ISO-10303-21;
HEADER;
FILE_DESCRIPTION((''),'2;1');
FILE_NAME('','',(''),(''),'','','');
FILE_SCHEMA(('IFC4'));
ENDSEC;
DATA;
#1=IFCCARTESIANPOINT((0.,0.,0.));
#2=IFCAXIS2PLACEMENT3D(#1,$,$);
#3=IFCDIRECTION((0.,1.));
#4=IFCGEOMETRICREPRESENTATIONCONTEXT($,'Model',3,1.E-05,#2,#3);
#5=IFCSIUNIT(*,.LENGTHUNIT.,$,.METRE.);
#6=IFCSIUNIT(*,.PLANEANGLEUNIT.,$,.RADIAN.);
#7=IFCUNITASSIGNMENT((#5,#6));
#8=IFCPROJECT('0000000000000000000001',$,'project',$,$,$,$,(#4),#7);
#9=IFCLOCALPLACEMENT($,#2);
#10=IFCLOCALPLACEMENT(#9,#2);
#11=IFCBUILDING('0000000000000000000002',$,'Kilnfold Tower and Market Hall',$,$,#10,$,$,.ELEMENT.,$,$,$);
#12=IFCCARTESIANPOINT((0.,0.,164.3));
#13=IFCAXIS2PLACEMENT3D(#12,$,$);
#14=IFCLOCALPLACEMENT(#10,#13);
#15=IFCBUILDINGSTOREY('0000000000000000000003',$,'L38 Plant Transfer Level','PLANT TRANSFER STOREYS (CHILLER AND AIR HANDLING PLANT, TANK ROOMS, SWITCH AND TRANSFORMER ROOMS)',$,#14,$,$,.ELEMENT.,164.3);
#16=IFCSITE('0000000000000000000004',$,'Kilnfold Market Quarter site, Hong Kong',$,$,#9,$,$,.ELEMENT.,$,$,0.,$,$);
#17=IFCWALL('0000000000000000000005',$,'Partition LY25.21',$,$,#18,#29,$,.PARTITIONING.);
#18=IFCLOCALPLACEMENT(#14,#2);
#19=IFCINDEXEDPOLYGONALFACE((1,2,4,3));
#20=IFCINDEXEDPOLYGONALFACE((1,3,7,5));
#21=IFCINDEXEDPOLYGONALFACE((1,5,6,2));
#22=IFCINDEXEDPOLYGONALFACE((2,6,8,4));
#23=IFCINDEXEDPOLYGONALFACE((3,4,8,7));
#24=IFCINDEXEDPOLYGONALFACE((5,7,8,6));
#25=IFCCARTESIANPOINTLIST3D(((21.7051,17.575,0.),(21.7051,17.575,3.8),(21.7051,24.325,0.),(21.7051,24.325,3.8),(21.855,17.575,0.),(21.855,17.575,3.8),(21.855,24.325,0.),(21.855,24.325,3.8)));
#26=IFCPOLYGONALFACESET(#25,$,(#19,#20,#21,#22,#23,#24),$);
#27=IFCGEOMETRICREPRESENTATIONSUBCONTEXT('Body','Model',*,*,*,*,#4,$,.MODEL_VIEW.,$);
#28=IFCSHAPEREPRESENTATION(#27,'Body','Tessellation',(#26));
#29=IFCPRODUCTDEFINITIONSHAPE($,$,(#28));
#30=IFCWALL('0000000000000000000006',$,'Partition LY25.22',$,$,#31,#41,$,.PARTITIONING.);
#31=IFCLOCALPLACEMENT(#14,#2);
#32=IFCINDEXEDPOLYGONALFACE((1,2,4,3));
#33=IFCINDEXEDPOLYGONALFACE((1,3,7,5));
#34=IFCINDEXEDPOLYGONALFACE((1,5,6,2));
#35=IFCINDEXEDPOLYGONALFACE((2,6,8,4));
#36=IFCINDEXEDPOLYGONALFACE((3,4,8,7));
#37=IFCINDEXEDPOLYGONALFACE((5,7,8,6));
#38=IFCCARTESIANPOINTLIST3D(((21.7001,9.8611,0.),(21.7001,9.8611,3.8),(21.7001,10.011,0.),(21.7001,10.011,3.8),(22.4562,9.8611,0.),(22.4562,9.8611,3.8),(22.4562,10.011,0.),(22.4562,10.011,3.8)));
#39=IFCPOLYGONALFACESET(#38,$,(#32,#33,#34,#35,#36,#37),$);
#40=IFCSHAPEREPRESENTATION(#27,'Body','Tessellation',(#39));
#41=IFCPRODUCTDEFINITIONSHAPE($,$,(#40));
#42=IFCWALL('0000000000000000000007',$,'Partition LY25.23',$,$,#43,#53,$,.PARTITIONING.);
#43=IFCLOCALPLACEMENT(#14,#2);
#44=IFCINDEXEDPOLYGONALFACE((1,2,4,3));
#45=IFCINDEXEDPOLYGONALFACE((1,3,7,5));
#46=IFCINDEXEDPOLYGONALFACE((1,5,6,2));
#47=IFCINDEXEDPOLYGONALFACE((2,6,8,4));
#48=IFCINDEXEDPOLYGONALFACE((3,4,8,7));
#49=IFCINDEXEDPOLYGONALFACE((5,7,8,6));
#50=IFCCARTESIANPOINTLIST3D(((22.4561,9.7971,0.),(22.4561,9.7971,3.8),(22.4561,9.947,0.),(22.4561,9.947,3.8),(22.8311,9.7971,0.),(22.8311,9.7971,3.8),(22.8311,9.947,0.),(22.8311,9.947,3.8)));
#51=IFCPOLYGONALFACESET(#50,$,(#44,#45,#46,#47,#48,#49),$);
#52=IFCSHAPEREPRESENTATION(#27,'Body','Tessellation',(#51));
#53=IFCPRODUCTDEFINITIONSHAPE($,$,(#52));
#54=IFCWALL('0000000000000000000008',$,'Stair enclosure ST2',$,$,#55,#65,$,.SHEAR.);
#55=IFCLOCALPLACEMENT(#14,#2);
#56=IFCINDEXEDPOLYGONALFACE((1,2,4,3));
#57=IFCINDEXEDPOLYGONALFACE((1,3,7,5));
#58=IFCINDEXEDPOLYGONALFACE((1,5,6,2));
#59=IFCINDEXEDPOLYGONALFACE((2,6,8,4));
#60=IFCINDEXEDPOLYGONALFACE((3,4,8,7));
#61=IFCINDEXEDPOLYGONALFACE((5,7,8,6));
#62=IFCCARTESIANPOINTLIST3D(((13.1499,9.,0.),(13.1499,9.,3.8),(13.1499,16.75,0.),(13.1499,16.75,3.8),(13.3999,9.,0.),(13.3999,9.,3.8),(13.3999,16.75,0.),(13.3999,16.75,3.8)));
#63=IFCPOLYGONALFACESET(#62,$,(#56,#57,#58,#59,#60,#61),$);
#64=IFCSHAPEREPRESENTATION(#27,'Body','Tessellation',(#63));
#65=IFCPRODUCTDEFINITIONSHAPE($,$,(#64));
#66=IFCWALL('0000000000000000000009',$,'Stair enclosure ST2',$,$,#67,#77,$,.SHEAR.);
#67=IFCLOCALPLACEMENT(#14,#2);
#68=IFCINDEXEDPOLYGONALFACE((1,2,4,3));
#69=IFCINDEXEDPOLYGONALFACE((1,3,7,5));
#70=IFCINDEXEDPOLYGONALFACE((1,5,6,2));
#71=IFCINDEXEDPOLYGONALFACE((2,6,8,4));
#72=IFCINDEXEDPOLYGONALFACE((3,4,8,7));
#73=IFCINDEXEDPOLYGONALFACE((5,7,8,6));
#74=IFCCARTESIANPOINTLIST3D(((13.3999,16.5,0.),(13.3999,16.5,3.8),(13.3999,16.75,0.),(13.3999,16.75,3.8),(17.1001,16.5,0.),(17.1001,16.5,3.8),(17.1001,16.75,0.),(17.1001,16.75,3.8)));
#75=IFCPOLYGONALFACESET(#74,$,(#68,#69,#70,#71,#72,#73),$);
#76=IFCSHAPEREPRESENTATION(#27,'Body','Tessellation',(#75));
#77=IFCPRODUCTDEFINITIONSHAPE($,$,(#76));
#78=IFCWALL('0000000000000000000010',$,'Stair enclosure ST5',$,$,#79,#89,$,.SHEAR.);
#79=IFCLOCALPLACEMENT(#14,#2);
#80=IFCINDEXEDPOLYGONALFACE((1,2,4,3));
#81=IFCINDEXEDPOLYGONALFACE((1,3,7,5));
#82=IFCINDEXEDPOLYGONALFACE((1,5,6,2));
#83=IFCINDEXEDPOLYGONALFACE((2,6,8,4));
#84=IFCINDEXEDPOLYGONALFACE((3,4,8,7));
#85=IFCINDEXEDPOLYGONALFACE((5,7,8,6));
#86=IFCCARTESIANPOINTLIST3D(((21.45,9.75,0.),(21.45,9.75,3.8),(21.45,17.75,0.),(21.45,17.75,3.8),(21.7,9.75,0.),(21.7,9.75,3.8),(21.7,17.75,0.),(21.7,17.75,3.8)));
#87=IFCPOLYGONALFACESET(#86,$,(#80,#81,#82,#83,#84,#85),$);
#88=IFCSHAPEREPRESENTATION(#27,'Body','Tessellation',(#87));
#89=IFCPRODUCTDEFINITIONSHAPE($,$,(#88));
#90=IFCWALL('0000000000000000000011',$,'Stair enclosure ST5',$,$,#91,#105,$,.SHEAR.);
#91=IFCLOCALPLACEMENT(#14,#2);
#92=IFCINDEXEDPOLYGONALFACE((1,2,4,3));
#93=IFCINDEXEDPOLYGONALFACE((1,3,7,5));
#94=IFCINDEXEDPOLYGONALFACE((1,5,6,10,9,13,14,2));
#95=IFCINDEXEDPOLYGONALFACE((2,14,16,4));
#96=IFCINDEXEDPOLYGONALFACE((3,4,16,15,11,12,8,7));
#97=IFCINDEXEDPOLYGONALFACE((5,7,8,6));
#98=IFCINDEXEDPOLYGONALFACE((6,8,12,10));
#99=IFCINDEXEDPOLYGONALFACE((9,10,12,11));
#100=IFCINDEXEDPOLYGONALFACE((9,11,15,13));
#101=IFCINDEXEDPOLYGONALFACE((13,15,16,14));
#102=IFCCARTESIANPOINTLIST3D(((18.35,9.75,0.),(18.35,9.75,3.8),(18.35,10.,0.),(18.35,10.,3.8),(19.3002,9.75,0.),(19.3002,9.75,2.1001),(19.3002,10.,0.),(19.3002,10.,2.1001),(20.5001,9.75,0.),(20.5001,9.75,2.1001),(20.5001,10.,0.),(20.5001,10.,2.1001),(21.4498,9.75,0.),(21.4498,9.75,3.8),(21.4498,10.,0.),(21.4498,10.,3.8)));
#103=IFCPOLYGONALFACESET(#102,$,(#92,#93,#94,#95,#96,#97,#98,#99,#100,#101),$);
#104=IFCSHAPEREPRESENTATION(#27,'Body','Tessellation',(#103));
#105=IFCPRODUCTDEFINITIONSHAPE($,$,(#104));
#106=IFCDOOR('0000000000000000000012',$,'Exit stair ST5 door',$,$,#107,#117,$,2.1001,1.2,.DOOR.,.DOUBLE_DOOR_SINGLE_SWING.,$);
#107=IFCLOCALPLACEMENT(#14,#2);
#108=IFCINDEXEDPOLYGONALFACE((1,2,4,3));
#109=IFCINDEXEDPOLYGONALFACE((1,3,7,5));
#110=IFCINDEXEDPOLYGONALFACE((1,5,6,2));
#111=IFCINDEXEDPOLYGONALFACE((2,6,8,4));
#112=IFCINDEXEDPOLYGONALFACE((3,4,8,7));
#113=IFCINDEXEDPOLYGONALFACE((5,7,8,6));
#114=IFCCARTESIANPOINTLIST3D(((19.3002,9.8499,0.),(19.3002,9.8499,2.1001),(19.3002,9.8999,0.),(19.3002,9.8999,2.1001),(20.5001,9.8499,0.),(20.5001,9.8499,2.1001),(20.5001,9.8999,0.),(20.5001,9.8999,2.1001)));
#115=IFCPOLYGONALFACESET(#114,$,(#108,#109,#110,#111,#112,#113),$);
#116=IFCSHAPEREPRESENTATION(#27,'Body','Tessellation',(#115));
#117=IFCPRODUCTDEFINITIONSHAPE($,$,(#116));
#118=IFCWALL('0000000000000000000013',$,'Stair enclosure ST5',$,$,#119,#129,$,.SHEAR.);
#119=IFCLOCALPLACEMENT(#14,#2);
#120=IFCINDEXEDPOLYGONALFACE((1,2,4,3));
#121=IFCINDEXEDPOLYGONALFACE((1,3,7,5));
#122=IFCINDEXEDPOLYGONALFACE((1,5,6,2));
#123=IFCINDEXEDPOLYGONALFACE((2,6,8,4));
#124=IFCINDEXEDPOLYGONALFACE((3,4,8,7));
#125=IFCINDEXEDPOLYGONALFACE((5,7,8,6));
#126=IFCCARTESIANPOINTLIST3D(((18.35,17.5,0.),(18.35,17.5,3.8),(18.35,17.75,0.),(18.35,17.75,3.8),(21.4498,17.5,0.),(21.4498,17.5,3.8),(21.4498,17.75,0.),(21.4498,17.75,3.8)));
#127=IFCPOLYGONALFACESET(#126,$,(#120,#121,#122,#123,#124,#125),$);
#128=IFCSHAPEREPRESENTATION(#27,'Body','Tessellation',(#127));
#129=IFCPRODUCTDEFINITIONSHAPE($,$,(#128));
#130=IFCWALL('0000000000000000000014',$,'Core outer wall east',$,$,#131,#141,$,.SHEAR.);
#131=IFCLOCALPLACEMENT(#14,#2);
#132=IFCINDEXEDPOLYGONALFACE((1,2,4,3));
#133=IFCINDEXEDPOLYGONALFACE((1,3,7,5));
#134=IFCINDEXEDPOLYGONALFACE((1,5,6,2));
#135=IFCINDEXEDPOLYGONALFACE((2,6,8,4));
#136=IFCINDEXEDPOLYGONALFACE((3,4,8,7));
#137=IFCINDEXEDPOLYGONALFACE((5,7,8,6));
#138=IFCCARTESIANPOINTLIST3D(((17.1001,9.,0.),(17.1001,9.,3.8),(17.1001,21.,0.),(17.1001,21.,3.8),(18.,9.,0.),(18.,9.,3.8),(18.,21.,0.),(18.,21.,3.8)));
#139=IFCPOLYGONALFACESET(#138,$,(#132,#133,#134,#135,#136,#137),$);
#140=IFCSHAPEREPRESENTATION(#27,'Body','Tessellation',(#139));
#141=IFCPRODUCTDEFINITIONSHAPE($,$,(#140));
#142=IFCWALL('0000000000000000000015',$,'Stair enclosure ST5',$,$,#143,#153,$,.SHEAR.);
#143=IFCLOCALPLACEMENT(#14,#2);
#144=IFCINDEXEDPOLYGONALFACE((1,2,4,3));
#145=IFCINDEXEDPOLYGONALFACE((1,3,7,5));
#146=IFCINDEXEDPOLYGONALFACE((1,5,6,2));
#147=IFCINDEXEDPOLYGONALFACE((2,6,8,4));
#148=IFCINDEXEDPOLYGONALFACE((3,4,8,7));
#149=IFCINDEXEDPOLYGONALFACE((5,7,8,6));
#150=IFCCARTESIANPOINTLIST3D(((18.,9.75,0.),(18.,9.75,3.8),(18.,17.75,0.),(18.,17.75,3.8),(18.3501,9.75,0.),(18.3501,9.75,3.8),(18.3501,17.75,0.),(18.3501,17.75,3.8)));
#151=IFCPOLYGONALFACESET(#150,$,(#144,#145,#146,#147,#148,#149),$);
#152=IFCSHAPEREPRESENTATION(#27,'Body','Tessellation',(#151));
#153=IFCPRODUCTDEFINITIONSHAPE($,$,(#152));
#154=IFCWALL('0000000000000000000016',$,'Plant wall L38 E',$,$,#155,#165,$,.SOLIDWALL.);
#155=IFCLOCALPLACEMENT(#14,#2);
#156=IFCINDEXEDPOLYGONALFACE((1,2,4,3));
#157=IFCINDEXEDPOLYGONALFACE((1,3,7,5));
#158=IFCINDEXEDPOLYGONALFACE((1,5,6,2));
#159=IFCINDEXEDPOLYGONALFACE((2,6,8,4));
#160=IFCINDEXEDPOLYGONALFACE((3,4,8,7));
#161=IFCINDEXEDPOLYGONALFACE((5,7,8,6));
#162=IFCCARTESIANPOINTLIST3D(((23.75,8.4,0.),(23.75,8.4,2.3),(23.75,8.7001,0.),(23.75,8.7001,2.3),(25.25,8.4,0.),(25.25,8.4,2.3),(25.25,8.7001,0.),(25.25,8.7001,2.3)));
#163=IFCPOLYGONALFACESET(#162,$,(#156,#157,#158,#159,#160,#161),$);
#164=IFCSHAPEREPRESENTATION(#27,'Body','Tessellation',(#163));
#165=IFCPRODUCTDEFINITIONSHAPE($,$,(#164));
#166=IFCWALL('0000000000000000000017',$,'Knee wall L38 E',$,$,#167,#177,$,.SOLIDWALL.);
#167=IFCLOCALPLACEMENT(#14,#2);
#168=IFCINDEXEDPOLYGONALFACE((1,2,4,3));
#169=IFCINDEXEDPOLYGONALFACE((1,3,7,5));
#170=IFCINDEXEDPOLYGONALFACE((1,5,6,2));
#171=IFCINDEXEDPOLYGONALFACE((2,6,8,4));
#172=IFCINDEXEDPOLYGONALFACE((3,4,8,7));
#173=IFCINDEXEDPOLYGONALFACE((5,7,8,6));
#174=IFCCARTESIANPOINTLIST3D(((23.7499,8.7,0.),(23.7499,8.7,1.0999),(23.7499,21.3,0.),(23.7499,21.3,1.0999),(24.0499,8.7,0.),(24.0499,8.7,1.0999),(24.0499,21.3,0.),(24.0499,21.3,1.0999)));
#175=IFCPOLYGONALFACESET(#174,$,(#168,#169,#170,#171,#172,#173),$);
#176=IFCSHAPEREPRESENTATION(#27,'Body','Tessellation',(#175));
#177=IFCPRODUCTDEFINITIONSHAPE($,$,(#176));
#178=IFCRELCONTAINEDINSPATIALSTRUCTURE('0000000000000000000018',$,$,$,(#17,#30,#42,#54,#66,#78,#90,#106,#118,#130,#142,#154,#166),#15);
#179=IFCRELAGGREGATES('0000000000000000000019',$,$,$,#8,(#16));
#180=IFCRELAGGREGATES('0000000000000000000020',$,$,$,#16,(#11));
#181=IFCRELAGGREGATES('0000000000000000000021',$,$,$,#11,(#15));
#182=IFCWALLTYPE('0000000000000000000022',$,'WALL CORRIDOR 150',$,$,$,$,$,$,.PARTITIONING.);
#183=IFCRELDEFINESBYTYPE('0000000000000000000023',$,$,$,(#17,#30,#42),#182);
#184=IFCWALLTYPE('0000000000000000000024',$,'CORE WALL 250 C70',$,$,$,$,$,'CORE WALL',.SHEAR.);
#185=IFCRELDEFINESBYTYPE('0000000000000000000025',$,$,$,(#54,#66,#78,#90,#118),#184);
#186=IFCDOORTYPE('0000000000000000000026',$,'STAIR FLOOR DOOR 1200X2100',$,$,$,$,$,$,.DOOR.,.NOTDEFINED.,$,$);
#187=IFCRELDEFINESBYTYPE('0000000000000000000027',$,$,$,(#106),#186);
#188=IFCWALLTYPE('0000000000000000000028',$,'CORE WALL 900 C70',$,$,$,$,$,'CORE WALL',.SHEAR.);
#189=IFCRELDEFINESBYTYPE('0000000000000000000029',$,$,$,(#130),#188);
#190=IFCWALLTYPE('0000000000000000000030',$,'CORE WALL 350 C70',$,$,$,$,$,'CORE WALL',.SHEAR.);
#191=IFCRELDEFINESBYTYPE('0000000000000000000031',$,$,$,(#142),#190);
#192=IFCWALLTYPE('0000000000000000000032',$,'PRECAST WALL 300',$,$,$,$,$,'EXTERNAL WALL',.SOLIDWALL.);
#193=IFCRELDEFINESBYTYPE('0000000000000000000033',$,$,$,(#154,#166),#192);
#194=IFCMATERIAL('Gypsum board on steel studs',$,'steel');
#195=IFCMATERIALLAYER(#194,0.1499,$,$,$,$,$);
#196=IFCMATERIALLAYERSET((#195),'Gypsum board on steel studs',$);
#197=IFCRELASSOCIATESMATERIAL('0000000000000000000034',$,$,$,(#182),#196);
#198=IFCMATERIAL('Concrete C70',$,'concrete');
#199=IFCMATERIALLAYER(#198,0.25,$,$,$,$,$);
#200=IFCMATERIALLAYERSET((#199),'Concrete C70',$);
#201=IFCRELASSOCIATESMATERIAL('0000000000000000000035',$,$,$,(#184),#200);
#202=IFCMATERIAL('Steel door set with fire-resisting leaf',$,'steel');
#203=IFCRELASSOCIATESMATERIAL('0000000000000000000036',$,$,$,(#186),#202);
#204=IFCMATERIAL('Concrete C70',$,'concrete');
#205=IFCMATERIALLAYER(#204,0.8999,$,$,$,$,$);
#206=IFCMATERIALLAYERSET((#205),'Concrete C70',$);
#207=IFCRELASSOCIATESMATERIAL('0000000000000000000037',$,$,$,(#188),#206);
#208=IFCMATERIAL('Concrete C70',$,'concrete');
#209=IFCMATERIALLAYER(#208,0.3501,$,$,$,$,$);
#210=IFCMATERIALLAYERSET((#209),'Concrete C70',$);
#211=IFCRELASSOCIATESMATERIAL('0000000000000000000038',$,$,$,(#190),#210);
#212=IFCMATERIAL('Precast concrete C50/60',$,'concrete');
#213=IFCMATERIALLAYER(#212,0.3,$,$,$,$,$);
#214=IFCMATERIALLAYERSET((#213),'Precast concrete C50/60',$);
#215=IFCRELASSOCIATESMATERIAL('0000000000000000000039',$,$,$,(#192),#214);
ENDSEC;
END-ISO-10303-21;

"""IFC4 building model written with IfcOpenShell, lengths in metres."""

from ifc_helpers import new_model, si_unit, direction, frame, frame_2d, origin, place, context, subcontext, project, spatial, rectangle, extrude, source, transform, mapped, material, layer, layer_set, type_object, element, fill, save


model = new_model("IFC4")

# Units and contexts
model_context = context("Model", 3, precision=1e-05, world=origin(), true_north=direction((0.0, 1.0)))
body_context = subcontext(model_context, "Body", "Model", "MODEL_VIEW")
ifc_project = project(units=[si_unit("LENGTHUNIT", "METRE"), si_unit("PLANEANGLEUNIT", "RADIAN")], contexts=[model_context])

# Site, building, storey
site_placement = place(None, origin())
site = spatial("IfcSite", under=ifc_project, at=site_placement, Name="Kilnfold Market Quarter site, Hong Kong", CompositionType="ELEMENT", RefElevation=0.0)
building_placement = place(site_placement, origin())
building = spatial("IfcBuilding", under=site, at=building_placement, Name="Kilnfold Tower and Market Hall", CompositionType="ELEMENT")
storey_placement = place(building_placement, frame((0.0, 0.0, 164.3)))
storey = spatial("IfcBuildingStorey", under=building, at=storey_placement, Name="L38 Plant Transfer Level", Description="PLANT TRANSFER STOREYS (CHILLER AND AIR HANDLING PLANT, TANK ROOMS, SWITCH AND TRANSFORMER ROOMS)", CompositionType="ELEMENT", Elevation=164.3)

# Walls
ifc_material_1 = material(Name="Gypsum board on steel studs", Category="steel")
ifc_layer_1 = layer(ifc_material_1, 0.1499)
ifc_layer_set_1 = layer_set([ifc_layer_1], Name="Gypsum board on steel studs")
wall_type_1 = type_object("IfcWallType", Name="WALL CORRIDOR 150", PredefinedType="PARTITIONING", material=ifc_layer_set_1)
wall_1_placement = place(storey_placement, frame((21.78, 17.575, 0.0), z_axis=(0.0, 0.0, 1.0), x_axis=(0.0, 1.0, 0.0)))
element("IfcWall", 1, at=wall_1_placement, inside=storey, type_object=wall_type_1, Name="Partition LY25.21", PredefinedType="PARTITIONING", context=body_context, shape_type="SweptSolid", body=[
    extrude(rectangle(XDim=6.75, YDim=0.1499, at=frame_2d((3.375, 0.0))), origin(), (0.0, 0.0, 1.0), 3.8),
])
wall_2_placement = place(storey_placement, frame((22.4561, 9.936, 0.0), z_axis=(0.0, 0.0, 1.0), x_axis=(-1.0, 0.0, 0.0)))
element("IfcWall", 2, at=wall_2_placement, inside=storey, type_object=wall_type_1, Name="Partition LY25.22", PredefinedType="PARTITIONING", context=body_context, shape_type="SweptSolid", body=[
    extrude(rectangle(XDim=0.7561, YDim=0.1499, at=frame_2d((0.3779, 0.0))), origin(), (0.0, 0.0, 1.0), 3.8),
])
wall_3_placement = place(storey_placement, frame((22.8311, 9.8721, 0.0), z_axis=(0.0, 0.0, 1.0), x_axis=(-1.0, 0.0, 0.0)))
element("IfcWall", 3, at=wall_3_placement, inside=storey, type_object=wall_type_1, Name="Partition LY25.23", PredefinedType="PARTITIONING", context=body_context, shape_type="SweptSolid", body=[
    extrude(rectangle(XDim=0.375, YDim=0.1499, at=frame_2d((0.1875, 0.0))), origin(), (0.0, 0.0, 1.0), 3.8),
])
ifc_material_2 = material(Name="Concrete C70", Category="concrete")
ifc_layer_2 = layer(ifc_material_2, 0.25)
ifc_layer_set_2 = layer_set([ifc_layer_2], Name="Concrete C70")
wall_type_2 = type_object("IfcWallType", Name="CORE WALL 250 C70", ElementType="CORE WALL", PredefinedType="SHEAR", material=ifc_layer_set_2)
shared_shape_1 = source(origin(), body_context, "Body", "SweptSolid", [
    extrude(rectangle(XDim=7.75, YDim=0.25, at=frame_2d((3.875, 0.0))), origin(), (0.0, 0.0, 1.0), 3.8),
])
wall_4_placement = place(storey_placement, frame((13.2749, 9.0, 0.0), z_axis=(0.0, 0.0, 1.0), x_axis=(0.0, 1.0, 0.0)))
element("IfcWall", 4, at=wall_4_placement, inside=storey, type_object=wall_type_2, Name="Stair enclosure ST2", PredefinedType="SHEAR", context=body_context, shape_type="MappedRepresentation", body=[
    mapped(shared_shape_1, transform((0.0, 0.0, 0.0))),
])
shared_shape_2 = source(origin(), body_context, "Body", "SweptSolid", [
    extrude(rectangle(XDim=3.7002, YDim=0.25, at=frame_2d((1.8501, 0.0))), origin(), (0.0, 0.0, 1.0), 3.8),
])
wall_5_placement = place(storey_placement, frame((13.3999, 16.625, 0.0), z_axis=(0.0, 0.0, 1.0), x_axis=(1.0, 0.0, 0.0)))
element("IfcWall", 5, at=wall_5_placement, inside=storey, type_object=wall_type_2, Name="Stair enclosure ST2", PredefinedType="SHEAR", context=body_context, shape_type="MappedRepresentation", body=[
    mapped(shared_shape_2, transform((0.0, 0.0, 0.0))),
])
shared_shape_3 = source(origin(), body_context, "Body", "SweptSolid", [
    extrude(rectangle(XDim=8.0, YDim=0.25, at=frame_2d((4.0, 0.0))), origin(), (0.0, 0.0, 1.0), 3.8),
])
wall_6_placement = place(storey_placement, frame((21.575, 9.75, 0.0), z_axis=(0.0, 0.0, 1.0), x_axis=(0.0, 1.0, 0.0)))
element("IfcWall", 6, at=wall_6_placement, inside=storey, type_object=wall_type_2, Name="Stair enclosure ST5", PredefinedType="SHEAR", context=body_context, shape_type="MappedRepresentation", body=[
    mapped(shared_shape_3, transform((0.0, 0.0, 0.0))),
])

# Wall, opening, door
shared_shape_4 = source(origin(), body_context, "Body", "SweptSolid", [
    extrude(rectangle(XDim=3.0999, YDim=0.25, at=frame_2d((1.5498, 0.0))), origin(), (0.0, 0.0, 1.0), 3.8),
])
wall_7_placement = place(storey_placement, frame((18.3501, 9.875, 0.0), z_axis=(0.0, 0.0, 1.0), x_axis=(1.0, 0.0, 0.0)))
wall_7 = element("IfcWall", 7, at=wall_7_placement, inside=storey, type_object=wall_type_2, Name="Stair enclosure ST5", PredefinedType="SHEAR", context=body_context, shape_type="MappedRepresentation", body=[
    mapped(shared_shape_4, transform((0.0, 0.0, 0.0))),
])
opening_placement = place(wall_7_placement, frame((0.95, 0.0, 0.0)))
opening = element("IfcOpeningElement", 8, at=opening_placement, cuts=wall_7, PredefinedType="OPENING", context=body_context, shape_type="SweptSolid", body=[
    extrude(rectangle(XDim=1.2, YDim=2.1001, at=frame_2d((0.6001, 1.05))), frame((0.0, 0.135, 0.0), z_axis=(0.0, -1.0, 0.0), x_axis=(1.0, 0.0, 0.0)), (0.0, 0.0, 1.0), 0.27),
])
ifc_material_3 = material(Name="Steel door set with fire-resisting leaf", Category="steel")
door_type = type_object("IfcDoorType", Name="STAIR FLOOR DOOR 1200X2100", OperationType="NOTDEFINED", PredefinedType="DOOR", material=ifc_material_3)
door_placement = place(opening_placement, origin())
door = element("IfcDoor", 9, at=door_placement, inside=storey, type_object=door_type, Name="Exit stair ST5 door", OperationType="DOUBLE_DOOR_SINGLE_SWING", OverallHeight=2.1001, OverallWidth=1.2, PredefinedType="DOOR", context=body_context, shape_type="SweptSolid", body=[
    extrude(rectangle(XDim=1.2, YDim=2.1001, at=frame_2d((0.6001, 1.05))), frame((0.0, 0.0249, 0.0), z_axis=(0.0, -1.0, 0.0), x_axis=(1.0, 0.0, 0.0)), (0.0, 0.0, 1.0), 0.05),
])
fill(opening, door)

# Walls
wall_8_placement = place(storey_placement, frame((18.3501, 17.625, 0.0), z_axis=(0.0, 0.0, 1.0), x_axis=(1.0, 0.0, 0.0)))
element("IfcWall", 10, at=wall_8_placement, inside=storey, type_object=wall_type_2, Name="Stair enclosure ST5", PredefinedType="SHEAR", context=body_context, shape_type="MappedRepresentation", body=[
    mapped(shared_shape_4, transform((0.0, 0.0, 0.0))),
])
ifc_material_4 = material(Name="Concrete C70", Category="concrete")
ifc_layer_3 = layer(ifc_material_4, 0.8999)
ifc_layer_set_3 = layer_set([ifc_layer_3], Name="Concrete C70")
wall_type_3 = type_object("IfcWallType", Name="CORE WALL 900 C70", ElementType="CORE WALL", PredefinedType="SHEAR", material=ifc_layer_set_3)
shared_shape_5 = source(origin(), body_context, "Body", "SweptSolid", [
    extrude(rectangle(XDim=12.0, YDim=0.8999, at=frame_2d((6.0, 0.0))), origin(), (0.0, 0.0, 1.0), 3.8),
])
wall_9_placement = place(storey_placement, frame((17.55, 9.0, 0.0), z_axis=(0.0, 0.0, 1.0), x_axis=(0.0, 1.0, 0.0)))
element("IfcWall", 11, at=wall_9_placement, inside=storey, type_object=wall_type_3, Name="Core outer wall east", PredefinedType="SHEAR", context=body_context, shape_type="MappedRepresentation", body=[
    mapped(shared_shape_5, transform((0.0, 0.0, 0.0))),
])
ifc_material_5 = material(Name="Concrete C70", Category="concrete")
ifc_layer_4 = layer(ifc_material_5, 0.3501)
ifc_layer_set_4 = layer_set([ifc_layer_4], Name="Concrete C70")
wall_type_4 = type_object("IfcWallType", Name="CORE WALL 350 C70", ElementType="CORE WALL", PredefinedType="SHEAR", material=ifc_layer_set_4)
shared_shape_6 = source(origin(), body_context, "Body", "SweptSolid", [
    extrude(rectangle(XDim=8.0, YDim=0.3501, at=frame_2d((4.0, 0.0))), origin(), (0.0, 0.0, 1.0), 3.8),
])
wall_10_placement = place(storey_placement, frame((18.175, 9.75, 0.0), z_axis=(0.0, 0.0, 1.0), x_axis=(0.0, 1.0, 0.0)))
element("IfcWall", 12, at=wall_10_placement, inside=storey, type_object=wall_type_4, Name="Stair enclosure ST5", PredefinedType="SHEAR", context=body_context, shape_type="MappedRepresentation", body=[
    mapped(shared_shape_6, transform((0.0, 0.0, 0.0))),
])
ifc_material_6 = material(Name="Precast concrete C50/60", Category="concrete")
ifc_layer_5 = layer(ifc_material_6, 0.3)
ifc_layer_set_5 = layer_set([ifc_layer_5], Name="Precast concrete C50/60")
wall_type_5 = type_object("IfcWallType", Name="PRECAST WALL 300", ElementType="EXTERNAL WALL", PredefinedType="SOLIDWALL", material=ifc_layer_set_5)
shared_shape_7 = source(origin(), body_context, "Body", "SweptSolid", [
    extrude(rectangle(XDim=1.5, YDim=0.3, at=frame_2d((0.75, 0.0))), origin(), (0.0, 0.0, 1.0), 2.3),
])
wall_11_placement = place(storey_placement, frame((25.25, 8.55, 0.0), z_axis=(0.0, 0.0, 1.0), x_axis=(-1.0, 0.0, 0.0)))
element("IfcWall", 13, at=wall_11_placement, inside=storey, type_object=wall_type_5, Name="Plant wall L38 E", PredefinedType="SOLIDWALL", context=body_context, shape_type="MappedRepresentation", body=[
    mapped(shared_shape_7, transform((0.0, 0.0, 0.0))),
])
shared_shape_8 = source(origin(), body_context, "Body", "SweptSolid", [
    extrude(rectangle(XDim=12.6001, YDim=0.3, at=frame_2d((6.3, 0.0))), origin(), (0.0, 0.0, 1.0), 1.0999),
])
wall_12_placement = place(storey_placement, frame((23.8999, 8.7, 0.0), z_axis=(0.0, 0.0, 1.0), x_axis=(0.0, 1.0, 0.0)))
element("IfcWall", 14, at=wall_12_placement, inside=storey, type_object=wall_type_5, Name="Knee wall L38 E", PredefinedType="SOLIDWALL", context=body_context, shape_type="MappedRepresentation", body=[
    mapped(shared_shape_8, transform((0.0, 0.0, 0.0))),
])

save(model, "model.ifc")
